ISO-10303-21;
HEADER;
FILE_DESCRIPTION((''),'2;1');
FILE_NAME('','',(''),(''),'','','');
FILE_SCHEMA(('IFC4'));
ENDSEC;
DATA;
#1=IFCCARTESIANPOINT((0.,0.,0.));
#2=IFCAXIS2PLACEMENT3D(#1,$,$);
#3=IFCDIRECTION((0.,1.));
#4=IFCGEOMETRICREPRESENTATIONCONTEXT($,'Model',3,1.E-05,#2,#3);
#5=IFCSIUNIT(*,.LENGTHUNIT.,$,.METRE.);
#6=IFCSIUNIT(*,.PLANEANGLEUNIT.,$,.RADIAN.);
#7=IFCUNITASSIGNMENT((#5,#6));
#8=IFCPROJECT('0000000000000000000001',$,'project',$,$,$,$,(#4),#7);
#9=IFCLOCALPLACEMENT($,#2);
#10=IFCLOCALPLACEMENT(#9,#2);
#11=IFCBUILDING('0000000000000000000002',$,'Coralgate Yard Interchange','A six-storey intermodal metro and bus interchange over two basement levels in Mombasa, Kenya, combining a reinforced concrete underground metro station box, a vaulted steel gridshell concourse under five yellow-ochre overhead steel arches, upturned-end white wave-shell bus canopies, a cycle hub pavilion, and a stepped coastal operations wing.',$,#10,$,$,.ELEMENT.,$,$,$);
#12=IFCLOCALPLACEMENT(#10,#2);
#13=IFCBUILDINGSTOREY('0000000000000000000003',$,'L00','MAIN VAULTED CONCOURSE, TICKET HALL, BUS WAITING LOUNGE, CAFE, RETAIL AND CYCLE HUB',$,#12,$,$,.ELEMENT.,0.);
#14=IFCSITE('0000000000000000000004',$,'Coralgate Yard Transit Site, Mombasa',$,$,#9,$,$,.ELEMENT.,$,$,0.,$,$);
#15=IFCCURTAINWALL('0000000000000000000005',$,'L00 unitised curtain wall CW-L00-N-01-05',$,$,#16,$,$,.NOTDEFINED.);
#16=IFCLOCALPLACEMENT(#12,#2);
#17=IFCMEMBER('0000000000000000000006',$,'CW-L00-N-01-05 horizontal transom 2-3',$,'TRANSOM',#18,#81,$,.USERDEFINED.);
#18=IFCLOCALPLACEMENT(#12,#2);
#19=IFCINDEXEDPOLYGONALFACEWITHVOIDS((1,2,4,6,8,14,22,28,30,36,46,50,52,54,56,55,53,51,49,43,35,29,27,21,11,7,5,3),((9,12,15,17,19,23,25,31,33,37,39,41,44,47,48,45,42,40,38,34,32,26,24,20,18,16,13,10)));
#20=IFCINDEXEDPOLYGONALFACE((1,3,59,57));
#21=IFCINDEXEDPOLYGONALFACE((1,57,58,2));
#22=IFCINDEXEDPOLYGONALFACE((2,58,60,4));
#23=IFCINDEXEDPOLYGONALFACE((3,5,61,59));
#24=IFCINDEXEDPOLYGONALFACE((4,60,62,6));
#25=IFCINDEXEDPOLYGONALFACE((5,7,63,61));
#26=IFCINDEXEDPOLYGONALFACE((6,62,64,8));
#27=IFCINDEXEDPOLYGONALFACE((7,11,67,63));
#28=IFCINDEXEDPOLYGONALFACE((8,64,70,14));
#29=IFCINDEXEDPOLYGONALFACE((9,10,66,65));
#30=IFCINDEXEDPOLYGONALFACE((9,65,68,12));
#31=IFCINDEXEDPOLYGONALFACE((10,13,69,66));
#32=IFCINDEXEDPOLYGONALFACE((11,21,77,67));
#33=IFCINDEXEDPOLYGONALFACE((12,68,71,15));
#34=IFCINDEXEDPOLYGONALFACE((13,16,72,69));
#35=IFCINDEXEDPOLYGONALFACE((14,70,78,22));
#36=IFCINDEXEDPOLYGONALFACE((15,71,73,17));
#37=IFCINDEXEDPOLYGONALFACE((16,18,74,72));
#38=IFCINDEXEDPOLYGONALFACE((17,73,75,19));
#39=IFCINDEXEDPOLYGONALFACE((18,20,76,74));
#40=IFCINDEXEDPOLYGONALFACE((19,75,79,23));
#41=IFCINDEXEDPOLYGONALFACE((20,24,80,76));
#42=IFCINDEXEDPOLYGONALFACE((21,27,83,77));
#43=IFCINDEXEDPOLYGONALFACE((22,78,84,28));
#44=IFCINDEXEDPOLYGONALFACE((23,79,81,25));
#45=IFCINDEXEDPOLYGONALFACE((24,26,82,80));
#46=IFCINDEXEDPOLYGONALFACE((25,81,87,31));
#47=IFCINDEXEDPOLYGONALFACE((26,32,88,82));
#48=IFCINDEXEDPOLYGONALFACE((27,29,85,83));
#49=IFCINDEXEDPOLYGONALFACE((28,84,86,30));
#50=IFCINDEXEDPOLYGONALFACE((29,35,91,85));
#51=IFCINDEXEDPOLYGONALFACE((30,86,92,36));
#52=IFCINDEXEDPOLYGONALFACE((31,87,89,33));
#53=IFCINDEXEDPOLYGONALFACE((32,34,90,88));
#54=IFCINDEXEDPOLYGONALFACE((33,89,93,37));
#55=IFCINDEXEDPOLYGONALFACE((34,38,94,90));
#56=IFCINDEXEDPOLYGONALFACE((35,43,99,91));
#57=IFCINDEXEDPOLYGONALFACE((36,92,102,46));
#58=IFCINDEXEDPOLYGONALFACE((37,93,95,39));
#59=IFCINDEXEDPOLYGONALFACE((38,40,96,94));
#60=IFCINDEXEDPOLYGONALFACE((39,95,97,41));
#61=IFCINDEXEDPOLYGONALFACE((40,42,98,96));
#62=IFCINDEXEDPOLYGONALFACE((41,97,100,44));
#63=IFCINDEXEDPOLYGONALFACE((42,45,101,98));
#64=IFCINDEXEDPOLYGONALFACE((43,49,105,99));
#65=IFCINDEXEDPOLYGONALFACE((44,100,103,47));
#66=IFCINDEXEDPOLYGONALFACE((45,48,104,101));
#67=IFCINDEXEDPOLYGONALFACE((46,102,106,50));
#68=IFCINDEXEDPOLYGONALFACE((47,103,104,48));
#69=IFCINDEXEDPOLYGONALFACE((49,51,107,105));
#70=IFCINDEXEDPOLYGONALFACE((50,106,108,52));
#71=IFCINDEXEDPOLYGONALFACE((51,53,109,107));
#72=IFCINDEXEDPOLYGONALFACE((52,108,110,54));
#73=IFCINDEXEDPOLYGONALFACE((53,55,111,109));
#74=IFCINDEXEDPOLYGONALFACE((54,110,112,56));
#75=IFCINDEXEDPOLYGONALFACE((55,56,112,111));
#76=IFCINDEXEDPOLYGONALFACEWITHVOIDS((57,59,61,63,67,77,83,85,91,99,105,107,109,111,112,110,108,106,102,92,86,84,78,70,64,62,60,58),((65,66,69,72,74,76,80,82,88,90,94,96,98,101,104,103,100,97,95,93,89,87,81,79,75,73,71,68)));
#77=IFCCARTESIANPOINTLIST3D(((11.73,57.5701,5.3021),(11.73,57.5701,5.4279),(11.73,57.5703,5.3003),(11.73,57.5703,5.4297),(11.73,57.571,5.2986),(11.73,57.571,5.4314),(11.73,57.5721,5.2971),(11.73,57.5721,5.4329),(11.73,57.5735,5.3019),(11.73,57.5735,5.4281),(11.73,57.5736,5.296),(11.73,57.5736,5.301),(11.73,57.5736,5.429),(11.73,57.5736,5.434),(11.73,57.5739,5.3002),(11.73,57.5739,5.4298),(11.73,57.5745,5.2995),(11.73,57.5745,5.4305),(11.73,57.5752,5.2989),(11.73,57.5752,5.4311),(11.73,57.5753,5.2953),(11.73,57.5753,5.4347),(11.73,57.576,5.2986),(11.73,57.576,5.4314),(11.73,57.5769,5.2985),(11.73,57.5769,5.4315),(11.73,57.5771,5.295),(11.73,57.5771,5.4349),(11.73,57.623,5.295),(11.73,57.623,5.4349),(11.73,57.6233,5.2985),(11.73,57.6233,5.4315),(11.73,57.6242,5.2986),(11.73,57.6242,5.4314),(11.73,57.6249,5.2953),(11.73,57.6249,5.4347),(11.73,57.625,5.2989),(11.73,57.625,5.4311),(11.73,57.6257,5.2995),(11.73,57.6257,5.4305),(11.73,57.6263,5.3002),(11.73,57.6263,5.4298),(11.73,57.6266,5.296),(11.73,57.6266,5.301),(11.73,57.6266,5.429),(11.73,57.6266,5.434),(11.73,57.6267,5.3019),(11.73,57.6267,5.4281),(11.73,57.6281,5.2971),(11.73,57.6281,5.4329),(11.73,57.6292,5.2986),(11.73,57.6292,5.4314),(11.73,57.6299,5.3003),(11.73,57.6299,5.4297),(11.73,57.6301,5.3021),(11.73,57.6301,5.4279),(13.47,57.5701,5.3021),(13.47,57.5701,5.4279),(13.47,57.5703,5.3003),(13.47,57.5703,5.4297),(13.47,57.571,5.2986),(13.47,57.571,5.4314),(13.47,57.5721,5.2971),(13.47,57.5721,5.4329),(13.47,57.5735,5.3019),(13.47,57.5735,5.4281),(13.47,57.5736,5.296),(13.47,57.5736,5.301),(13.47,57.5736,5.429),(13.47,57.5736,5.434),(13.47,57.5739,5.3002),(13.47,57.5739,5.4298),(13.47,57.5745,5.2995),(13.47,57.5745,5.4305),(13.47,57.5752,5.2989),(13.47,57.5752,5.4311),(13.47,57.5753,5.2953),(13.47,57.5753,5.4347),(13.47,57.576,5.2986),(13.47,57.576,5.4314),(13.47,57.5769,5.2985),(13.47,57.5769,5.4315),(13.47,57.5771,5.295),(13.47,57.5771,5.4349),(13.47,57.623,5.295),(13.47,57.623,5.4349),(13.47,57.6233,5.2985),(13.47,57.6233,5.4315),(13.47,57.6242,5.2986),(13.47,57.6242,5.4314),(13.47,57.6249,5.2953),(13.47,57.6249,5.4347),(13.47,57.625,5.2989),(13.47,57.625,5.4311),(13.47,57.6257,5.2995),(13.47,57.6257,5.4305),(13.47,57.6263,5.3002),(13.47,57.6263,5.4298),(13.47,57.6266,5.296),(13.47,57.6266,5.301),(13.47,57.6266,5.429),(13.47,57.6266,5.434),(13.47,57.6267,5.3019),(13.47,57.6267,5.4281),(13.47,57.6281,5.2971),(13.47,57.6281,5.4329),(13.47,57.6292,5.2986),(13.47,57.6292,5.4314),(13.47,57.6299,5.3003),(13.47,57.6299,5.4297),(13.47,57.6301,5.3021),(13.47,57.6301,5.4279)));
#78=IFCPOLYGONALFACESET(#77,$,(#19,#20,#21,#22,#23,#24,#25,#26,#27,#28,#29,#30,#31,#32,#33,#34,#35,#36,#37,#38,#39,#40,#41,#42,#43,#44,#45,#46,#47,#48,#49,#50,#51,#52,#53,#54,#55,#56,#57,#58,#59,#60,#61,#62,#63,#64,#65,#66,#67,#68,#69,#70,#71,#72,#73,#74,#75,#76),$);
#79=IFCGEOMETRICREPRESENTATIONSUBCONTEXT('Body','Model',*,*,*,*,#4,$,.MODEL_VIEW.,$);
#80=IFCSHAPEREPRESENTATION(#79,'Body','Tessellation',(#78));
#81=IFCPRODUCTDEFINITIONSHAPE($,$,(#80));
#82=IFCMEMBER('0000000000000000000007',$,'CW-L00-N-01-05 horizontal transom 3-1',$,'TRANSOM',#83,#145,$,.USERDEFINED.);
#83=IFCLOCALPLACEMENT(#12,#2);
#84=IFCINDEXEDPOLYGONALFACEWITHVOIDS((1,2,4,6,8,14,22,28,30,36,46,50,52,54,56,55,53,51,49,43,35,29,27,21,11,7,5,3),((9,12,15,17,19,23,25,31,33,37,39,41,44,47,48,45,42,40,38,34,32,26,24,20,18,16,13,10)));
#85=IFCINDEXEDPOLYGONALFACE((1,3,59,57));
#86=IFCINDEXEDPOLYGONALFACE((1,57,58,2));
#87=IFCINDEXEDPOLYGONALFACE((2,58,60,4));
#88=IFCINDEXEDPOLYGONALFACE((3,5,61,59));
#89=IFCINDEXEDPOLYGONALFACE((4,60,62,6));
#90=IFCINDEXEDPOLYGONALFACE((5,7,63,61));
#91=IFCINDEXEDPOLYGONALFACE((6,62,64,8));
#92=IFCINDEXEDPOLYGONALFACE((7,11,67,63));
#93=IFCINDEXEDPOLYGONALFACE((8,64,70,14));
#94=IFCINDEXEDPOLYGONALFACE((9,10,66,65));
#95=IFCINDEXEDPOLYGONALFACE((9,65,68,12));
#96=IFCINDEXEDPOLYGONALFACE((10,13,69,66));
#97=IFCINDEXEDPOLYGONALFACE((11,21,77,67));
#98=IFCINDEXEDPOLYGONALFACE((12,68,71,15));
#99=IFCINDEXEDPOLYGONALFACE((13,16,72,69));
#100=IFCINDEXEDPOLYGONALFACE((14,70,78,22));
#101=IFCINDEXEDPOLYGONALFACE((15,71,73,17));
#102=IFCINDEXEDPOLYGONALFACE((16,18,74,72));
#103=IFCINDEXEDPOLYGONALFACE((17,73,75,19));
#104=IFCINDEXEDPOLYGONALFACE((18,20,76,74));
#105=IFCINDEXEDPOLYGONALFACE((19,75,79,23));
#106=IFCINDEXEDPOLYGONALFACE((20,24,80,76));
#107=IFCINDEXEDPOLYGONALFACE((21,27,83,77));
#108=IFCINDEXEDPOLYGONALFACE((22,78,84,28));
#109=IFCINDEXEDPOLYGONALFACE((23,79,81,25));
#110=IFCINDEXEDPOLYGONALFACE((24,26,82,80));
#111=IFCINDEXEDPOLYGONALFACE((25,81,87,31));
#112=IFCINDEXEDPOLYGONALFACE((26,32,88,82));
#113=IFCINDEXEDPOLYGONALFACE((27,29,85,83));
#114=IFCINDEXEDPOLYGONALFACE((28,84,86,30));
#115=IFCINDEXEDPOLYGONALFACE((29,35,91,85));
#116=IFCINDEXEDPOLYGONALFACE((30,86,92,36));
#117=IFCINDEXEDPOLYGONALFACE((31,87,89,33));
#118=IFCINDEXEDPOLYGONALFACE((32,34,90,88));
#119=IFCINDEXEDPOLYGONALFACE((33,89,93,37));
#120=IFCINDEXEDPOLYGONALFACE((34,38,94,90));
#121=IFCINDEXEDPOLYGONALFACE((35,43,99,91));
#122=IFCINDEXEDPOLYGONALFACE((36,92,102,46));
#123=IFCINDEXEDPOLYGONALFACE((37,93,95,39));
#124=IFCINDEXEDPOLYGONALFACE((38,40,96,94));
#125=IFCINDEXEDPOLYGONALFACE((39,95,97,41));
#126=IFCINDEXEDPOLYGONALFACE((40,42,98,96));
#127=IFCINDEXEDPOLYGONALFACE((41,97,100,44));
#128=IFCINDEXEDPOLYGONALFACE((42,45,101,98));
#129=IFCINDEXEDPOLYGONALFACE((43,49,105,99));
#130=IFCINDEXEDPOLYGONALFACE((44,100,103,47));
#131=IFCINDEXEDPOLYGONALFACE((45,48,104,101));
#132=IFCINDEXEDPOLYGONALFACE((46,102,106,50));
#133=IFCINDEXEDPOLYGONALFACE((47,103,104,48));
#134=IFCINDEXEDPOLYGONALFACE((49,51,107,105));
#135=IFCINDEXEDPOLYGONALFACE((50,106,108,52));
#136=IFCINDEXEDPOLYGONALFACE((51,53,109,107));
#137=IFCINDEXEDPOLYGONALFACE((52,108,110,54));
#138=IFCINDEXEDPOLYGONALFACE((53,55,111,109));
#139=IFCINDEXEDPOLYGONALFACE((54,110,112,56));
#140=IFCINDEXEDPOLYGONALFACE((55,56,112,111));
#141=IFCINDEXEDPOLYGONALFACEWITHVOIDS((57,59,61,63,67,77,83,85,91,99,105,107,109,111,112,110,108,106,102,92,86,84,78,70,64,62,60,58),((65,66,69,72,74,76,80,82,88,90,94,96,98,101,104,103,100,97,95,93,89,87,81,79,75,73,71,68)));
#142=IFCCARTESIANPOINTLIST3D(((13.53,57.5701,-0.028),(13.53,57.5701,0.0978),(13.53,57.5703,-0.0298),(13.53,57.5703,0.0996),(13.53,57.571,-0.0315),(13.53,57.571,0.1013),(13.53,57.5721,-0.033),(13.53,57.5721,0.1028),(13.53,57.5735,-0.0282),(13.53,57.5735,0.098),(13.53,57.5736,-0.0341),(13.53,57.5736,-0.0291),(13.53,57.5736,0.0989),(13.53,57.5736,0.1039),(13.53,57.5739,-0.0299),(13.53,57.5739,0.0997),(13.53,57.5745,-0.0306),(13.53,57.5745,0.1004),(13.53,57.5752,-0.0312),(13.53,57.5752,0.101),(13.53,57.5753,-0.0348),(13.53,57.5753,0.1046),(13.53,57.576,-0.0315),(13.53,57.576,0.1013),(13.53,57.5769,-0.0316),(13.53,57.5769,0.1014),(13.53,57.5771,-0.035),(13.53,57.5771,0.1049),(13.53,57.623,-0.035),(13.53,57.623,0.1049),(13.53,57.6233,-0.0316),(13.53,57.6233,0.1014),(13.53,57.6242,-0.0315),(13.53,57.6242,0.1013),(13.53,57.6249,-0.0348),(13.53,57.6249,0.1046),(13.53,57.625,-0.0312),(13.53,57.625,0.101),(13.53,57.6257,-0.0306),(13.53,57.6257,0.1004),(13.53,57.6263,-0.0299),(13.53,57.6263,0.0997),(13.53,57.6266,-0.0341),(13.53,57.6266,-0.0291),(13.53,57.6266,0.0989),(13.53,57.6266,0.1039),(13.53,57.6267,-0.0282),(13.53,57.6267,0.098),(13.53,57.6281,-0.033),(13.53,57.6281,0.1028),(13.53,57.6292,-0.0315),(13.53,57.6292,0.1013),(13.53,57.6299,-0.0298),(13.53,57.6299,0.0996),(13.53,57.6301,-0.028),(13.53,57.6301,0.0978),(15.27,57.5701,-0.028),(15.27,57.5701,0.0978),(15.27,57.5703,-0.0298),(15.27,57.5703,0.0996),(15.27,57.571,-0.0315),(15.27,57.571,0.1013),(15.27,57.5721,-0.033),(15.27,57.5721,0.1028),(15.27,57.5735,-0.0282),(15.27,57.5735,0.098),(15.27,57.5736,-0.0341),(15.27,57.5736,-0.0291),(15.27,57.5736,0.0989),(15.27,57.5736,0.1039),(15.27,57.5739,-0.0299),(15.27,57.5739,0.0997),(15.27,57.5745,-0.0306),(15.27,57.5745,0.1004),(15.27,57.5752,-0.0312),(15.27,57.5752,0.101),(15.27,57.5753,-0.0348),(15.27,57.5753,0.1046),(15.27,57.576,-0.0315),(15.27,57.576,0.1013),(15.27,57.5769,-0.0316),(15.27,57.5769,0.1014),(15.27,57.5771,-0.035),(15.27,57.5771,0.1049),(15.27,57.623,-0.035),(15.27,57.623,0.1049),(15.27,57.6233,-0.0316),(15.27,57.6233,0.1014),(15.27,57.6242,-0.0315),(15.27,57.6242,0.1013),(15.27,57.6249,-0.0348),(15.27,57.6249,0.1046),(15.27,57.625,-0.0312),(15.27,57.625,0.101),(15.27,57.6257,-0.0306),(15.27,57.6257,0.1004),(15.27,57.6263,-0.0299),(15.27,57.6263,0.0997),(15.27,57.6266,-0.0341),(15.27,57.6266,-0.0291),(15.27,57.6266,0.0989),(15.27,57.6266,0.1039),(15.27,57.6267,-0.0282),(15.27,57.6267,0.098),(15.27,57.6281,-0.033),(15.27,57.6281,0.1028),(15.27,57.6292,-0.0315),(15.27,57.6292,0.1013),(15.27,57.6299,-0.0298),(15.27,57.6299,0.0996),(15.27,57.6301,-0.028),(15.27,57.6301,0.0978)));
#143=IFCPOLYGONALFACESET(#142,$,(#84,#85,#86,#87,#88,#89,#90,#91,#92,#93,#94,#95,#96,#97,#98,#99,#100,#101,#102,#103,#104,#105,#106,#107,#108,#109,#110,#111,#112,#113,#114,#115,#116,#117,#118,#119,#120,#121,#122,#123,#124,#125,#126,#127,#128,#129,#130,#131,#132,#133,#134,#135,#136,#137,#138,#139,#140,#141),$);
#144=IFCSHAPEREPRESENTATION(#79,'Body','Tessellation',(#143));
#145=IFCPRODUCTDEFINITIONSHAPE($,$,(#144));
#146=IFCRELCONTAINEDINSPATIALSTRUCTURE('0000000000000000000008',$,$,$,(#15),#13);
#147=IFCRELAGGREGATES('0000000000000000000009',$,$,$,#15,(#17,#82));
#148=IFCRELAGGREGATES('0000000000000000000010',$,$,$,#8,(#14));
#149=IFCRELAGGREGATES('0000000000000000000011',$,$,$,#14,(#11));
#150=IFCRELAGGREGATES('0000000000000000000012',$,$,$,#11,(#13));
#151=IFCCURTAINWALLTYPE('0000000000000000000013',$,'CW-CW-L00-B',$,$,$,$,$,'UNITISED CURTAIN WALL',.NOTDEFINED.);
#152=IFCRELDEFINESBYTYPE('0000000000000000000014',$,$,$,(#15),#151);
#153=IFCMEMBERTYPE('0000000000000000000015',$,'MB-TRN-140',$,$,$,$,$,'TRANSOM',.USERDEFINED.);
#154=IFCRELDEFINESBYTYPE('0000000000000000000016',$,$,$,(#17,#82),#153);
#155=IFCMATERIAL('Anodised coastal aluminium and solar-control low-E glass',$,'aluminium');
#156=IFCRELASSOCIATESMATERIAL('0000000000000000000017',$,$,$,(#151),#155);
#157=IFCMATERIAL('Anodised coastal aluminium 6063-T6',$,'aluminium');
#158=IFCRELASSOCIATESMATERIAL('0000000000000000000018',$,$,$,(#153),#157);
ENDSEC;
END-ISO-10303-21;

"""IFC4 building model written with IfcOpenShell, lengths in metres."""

from ifc_helpers import new_model, si_unit, direction, frame, origin, origin_2d, place, context, subcontext, project, spatial, hollow_rectangle, extrude, material, material_profile, profile_set, type_object, element, aggregate, save


model = new_model("IFC4")

# Units and contexts
model_context = context("Model", 3, precision=1e-05, world=origin(), true_north=direction((0.0, 1.0)))
body_context = subcontext(model_context, "Body", "Model", "MODEL_VIEW")
ifc_project = project(units=[si_unit("LENGTHUNIT", "METRE"), si_unit("PLANEANGLEUNIT", "RADIAN")], contexts=[model_context])

# Site, building, storey
site_placement = place(None, origin())
site = spatial("IfcSite", under=ifc_project, at=site_placement, Name="Coralgate Yard Transit Site, Mombasa", CompositionType="ELEMENT", RefElevation=0.0)
building_placement = place(site_placement, origin())
building = spatial("IfcBuilding", under=site, at=building_placement, Name="Coralgate Yard Interchange", Description="A six-storey intermodal metro and bus interchange over two basement levels in Mombasa, Kenya, combining a reinforced concrete underground metro station box, a vaulted steel gridshell concourse under five yellow-ochre overhead steel arches, upturned-end white wave-shell bus canopies, a cycle hub pavilion, and a stepped coastal operations wing.", CompositionType="ELEMENT")
storey_placement = place(building_placement, origin())
storey = spatial("IfcBuildingStorey", under=building, at=storey_placement, Name="L00", Description="MAIN VAULTED CONCOURSE, TICKET HALL, BUS WAITING LOUNGE, CAFE, RETAIL AND CYCLE HUB", CompositionType="ELEMENT", Elevation=0.0)

# Shared definitions
ifc_material_1 = material(Name="Anodised coastal aluminium and solar-control low-E glass", Category="aluminium")
curtain_wall_type = type_object("IfcCurtainWallType", Name="CW-CW-L00-B", ElementType="UNITISED CURTAIN WALL", PredefinedType="NOTDEFINED", material=ifc_material_1)
ifc_material_2 = material(Name="Anodised coastal aluminium 6063-T6", Category="aluminium")

# Curtain wall
curtain_wall_1_placement = place(storey_placement, origin())
curtain_wall_1 = element("IfcCurtainWall", 1, at=curtain_wall_1_placement, inside=storey, type_object=curtain_wall_type, Name="L00 unitised curtain wall CW-L00-N-01-05", PredefinedType="NOTDEFINED")

# Members
ifc_material_profile_1 = material_profile(ifc_material_2, hollow_rectangle(XDim=0.0601, YDim=0.1399, WallThickness=0.0034, InnerFilletRadius=0.0034, OuterFilletRadius=0.0071, at=origin_2d()), Name="ALU 60x140x3.5")
ifc_profile_set_1 = profile_set([ifc_material_profile_1], Name="Anodised coastal aluminium 6063-T6")
member_type_1 = type_object("IfcMemberType", Name="MB-TRN-140", ElementType="TRANSOM", PredefinedType="USERDEFINED", material=ifc_profile_set_1)
member_1_placement = place(storey_placement, frame((11.73, 57.6001, 5.365), z_axis=(1.0, 0.0, 0.0), x_axis=(0.0, 1.0, 0.0)))
member_1 = element("IfcMember", 2, at=member_1_placement, type_object=member_type_1, Name="CW-L00-N-01-05 horizontal transom 2-3", ObjectType="TRANSOM", PredefinedType="USERDEFINED", context=body_context, shape_type="SweptSolid", body=[
    extrude(hollow_rectangle(XDim=0.0601, YDim=0.1399, WallThickness=0.0034, InnerFilletRadius=0.0034, OuterFilletRadius=0.0071, at=origin_2d()), origin(), (0.0, 0.0, 1.0), 1.74),
])
member_2_placement = place(storey_placement, frame((13.53, 57.6001, 0.0349), z_axis=(1.0, 0.0, 0.0), x_axis=(0.0, 1.0, 0.0)))
member_2 = element("IfcMember", 3, at=member_2_placement, type_object=member_type_1, Name="CW-L00-N-01-05 horizontal transom 3-1", ObjectType="TRANSOM", PredefinedType="USERDEFINED", context=body_context, shape_type="SweptSolid", body=[
    extrude(hollow_rectangle(XDim=0.0601, YDim=0.1399, WallThickness=0.0034, InnerFilletRadius=0.0034, OuterFilletRadius=0.0071, at=origin_2d()), origin(), (0.0, 0.0, 1.0), 1.74),
])

aggregate(curtain_wall_1, [member_1, member_2])

save(model, "model.ifc")
